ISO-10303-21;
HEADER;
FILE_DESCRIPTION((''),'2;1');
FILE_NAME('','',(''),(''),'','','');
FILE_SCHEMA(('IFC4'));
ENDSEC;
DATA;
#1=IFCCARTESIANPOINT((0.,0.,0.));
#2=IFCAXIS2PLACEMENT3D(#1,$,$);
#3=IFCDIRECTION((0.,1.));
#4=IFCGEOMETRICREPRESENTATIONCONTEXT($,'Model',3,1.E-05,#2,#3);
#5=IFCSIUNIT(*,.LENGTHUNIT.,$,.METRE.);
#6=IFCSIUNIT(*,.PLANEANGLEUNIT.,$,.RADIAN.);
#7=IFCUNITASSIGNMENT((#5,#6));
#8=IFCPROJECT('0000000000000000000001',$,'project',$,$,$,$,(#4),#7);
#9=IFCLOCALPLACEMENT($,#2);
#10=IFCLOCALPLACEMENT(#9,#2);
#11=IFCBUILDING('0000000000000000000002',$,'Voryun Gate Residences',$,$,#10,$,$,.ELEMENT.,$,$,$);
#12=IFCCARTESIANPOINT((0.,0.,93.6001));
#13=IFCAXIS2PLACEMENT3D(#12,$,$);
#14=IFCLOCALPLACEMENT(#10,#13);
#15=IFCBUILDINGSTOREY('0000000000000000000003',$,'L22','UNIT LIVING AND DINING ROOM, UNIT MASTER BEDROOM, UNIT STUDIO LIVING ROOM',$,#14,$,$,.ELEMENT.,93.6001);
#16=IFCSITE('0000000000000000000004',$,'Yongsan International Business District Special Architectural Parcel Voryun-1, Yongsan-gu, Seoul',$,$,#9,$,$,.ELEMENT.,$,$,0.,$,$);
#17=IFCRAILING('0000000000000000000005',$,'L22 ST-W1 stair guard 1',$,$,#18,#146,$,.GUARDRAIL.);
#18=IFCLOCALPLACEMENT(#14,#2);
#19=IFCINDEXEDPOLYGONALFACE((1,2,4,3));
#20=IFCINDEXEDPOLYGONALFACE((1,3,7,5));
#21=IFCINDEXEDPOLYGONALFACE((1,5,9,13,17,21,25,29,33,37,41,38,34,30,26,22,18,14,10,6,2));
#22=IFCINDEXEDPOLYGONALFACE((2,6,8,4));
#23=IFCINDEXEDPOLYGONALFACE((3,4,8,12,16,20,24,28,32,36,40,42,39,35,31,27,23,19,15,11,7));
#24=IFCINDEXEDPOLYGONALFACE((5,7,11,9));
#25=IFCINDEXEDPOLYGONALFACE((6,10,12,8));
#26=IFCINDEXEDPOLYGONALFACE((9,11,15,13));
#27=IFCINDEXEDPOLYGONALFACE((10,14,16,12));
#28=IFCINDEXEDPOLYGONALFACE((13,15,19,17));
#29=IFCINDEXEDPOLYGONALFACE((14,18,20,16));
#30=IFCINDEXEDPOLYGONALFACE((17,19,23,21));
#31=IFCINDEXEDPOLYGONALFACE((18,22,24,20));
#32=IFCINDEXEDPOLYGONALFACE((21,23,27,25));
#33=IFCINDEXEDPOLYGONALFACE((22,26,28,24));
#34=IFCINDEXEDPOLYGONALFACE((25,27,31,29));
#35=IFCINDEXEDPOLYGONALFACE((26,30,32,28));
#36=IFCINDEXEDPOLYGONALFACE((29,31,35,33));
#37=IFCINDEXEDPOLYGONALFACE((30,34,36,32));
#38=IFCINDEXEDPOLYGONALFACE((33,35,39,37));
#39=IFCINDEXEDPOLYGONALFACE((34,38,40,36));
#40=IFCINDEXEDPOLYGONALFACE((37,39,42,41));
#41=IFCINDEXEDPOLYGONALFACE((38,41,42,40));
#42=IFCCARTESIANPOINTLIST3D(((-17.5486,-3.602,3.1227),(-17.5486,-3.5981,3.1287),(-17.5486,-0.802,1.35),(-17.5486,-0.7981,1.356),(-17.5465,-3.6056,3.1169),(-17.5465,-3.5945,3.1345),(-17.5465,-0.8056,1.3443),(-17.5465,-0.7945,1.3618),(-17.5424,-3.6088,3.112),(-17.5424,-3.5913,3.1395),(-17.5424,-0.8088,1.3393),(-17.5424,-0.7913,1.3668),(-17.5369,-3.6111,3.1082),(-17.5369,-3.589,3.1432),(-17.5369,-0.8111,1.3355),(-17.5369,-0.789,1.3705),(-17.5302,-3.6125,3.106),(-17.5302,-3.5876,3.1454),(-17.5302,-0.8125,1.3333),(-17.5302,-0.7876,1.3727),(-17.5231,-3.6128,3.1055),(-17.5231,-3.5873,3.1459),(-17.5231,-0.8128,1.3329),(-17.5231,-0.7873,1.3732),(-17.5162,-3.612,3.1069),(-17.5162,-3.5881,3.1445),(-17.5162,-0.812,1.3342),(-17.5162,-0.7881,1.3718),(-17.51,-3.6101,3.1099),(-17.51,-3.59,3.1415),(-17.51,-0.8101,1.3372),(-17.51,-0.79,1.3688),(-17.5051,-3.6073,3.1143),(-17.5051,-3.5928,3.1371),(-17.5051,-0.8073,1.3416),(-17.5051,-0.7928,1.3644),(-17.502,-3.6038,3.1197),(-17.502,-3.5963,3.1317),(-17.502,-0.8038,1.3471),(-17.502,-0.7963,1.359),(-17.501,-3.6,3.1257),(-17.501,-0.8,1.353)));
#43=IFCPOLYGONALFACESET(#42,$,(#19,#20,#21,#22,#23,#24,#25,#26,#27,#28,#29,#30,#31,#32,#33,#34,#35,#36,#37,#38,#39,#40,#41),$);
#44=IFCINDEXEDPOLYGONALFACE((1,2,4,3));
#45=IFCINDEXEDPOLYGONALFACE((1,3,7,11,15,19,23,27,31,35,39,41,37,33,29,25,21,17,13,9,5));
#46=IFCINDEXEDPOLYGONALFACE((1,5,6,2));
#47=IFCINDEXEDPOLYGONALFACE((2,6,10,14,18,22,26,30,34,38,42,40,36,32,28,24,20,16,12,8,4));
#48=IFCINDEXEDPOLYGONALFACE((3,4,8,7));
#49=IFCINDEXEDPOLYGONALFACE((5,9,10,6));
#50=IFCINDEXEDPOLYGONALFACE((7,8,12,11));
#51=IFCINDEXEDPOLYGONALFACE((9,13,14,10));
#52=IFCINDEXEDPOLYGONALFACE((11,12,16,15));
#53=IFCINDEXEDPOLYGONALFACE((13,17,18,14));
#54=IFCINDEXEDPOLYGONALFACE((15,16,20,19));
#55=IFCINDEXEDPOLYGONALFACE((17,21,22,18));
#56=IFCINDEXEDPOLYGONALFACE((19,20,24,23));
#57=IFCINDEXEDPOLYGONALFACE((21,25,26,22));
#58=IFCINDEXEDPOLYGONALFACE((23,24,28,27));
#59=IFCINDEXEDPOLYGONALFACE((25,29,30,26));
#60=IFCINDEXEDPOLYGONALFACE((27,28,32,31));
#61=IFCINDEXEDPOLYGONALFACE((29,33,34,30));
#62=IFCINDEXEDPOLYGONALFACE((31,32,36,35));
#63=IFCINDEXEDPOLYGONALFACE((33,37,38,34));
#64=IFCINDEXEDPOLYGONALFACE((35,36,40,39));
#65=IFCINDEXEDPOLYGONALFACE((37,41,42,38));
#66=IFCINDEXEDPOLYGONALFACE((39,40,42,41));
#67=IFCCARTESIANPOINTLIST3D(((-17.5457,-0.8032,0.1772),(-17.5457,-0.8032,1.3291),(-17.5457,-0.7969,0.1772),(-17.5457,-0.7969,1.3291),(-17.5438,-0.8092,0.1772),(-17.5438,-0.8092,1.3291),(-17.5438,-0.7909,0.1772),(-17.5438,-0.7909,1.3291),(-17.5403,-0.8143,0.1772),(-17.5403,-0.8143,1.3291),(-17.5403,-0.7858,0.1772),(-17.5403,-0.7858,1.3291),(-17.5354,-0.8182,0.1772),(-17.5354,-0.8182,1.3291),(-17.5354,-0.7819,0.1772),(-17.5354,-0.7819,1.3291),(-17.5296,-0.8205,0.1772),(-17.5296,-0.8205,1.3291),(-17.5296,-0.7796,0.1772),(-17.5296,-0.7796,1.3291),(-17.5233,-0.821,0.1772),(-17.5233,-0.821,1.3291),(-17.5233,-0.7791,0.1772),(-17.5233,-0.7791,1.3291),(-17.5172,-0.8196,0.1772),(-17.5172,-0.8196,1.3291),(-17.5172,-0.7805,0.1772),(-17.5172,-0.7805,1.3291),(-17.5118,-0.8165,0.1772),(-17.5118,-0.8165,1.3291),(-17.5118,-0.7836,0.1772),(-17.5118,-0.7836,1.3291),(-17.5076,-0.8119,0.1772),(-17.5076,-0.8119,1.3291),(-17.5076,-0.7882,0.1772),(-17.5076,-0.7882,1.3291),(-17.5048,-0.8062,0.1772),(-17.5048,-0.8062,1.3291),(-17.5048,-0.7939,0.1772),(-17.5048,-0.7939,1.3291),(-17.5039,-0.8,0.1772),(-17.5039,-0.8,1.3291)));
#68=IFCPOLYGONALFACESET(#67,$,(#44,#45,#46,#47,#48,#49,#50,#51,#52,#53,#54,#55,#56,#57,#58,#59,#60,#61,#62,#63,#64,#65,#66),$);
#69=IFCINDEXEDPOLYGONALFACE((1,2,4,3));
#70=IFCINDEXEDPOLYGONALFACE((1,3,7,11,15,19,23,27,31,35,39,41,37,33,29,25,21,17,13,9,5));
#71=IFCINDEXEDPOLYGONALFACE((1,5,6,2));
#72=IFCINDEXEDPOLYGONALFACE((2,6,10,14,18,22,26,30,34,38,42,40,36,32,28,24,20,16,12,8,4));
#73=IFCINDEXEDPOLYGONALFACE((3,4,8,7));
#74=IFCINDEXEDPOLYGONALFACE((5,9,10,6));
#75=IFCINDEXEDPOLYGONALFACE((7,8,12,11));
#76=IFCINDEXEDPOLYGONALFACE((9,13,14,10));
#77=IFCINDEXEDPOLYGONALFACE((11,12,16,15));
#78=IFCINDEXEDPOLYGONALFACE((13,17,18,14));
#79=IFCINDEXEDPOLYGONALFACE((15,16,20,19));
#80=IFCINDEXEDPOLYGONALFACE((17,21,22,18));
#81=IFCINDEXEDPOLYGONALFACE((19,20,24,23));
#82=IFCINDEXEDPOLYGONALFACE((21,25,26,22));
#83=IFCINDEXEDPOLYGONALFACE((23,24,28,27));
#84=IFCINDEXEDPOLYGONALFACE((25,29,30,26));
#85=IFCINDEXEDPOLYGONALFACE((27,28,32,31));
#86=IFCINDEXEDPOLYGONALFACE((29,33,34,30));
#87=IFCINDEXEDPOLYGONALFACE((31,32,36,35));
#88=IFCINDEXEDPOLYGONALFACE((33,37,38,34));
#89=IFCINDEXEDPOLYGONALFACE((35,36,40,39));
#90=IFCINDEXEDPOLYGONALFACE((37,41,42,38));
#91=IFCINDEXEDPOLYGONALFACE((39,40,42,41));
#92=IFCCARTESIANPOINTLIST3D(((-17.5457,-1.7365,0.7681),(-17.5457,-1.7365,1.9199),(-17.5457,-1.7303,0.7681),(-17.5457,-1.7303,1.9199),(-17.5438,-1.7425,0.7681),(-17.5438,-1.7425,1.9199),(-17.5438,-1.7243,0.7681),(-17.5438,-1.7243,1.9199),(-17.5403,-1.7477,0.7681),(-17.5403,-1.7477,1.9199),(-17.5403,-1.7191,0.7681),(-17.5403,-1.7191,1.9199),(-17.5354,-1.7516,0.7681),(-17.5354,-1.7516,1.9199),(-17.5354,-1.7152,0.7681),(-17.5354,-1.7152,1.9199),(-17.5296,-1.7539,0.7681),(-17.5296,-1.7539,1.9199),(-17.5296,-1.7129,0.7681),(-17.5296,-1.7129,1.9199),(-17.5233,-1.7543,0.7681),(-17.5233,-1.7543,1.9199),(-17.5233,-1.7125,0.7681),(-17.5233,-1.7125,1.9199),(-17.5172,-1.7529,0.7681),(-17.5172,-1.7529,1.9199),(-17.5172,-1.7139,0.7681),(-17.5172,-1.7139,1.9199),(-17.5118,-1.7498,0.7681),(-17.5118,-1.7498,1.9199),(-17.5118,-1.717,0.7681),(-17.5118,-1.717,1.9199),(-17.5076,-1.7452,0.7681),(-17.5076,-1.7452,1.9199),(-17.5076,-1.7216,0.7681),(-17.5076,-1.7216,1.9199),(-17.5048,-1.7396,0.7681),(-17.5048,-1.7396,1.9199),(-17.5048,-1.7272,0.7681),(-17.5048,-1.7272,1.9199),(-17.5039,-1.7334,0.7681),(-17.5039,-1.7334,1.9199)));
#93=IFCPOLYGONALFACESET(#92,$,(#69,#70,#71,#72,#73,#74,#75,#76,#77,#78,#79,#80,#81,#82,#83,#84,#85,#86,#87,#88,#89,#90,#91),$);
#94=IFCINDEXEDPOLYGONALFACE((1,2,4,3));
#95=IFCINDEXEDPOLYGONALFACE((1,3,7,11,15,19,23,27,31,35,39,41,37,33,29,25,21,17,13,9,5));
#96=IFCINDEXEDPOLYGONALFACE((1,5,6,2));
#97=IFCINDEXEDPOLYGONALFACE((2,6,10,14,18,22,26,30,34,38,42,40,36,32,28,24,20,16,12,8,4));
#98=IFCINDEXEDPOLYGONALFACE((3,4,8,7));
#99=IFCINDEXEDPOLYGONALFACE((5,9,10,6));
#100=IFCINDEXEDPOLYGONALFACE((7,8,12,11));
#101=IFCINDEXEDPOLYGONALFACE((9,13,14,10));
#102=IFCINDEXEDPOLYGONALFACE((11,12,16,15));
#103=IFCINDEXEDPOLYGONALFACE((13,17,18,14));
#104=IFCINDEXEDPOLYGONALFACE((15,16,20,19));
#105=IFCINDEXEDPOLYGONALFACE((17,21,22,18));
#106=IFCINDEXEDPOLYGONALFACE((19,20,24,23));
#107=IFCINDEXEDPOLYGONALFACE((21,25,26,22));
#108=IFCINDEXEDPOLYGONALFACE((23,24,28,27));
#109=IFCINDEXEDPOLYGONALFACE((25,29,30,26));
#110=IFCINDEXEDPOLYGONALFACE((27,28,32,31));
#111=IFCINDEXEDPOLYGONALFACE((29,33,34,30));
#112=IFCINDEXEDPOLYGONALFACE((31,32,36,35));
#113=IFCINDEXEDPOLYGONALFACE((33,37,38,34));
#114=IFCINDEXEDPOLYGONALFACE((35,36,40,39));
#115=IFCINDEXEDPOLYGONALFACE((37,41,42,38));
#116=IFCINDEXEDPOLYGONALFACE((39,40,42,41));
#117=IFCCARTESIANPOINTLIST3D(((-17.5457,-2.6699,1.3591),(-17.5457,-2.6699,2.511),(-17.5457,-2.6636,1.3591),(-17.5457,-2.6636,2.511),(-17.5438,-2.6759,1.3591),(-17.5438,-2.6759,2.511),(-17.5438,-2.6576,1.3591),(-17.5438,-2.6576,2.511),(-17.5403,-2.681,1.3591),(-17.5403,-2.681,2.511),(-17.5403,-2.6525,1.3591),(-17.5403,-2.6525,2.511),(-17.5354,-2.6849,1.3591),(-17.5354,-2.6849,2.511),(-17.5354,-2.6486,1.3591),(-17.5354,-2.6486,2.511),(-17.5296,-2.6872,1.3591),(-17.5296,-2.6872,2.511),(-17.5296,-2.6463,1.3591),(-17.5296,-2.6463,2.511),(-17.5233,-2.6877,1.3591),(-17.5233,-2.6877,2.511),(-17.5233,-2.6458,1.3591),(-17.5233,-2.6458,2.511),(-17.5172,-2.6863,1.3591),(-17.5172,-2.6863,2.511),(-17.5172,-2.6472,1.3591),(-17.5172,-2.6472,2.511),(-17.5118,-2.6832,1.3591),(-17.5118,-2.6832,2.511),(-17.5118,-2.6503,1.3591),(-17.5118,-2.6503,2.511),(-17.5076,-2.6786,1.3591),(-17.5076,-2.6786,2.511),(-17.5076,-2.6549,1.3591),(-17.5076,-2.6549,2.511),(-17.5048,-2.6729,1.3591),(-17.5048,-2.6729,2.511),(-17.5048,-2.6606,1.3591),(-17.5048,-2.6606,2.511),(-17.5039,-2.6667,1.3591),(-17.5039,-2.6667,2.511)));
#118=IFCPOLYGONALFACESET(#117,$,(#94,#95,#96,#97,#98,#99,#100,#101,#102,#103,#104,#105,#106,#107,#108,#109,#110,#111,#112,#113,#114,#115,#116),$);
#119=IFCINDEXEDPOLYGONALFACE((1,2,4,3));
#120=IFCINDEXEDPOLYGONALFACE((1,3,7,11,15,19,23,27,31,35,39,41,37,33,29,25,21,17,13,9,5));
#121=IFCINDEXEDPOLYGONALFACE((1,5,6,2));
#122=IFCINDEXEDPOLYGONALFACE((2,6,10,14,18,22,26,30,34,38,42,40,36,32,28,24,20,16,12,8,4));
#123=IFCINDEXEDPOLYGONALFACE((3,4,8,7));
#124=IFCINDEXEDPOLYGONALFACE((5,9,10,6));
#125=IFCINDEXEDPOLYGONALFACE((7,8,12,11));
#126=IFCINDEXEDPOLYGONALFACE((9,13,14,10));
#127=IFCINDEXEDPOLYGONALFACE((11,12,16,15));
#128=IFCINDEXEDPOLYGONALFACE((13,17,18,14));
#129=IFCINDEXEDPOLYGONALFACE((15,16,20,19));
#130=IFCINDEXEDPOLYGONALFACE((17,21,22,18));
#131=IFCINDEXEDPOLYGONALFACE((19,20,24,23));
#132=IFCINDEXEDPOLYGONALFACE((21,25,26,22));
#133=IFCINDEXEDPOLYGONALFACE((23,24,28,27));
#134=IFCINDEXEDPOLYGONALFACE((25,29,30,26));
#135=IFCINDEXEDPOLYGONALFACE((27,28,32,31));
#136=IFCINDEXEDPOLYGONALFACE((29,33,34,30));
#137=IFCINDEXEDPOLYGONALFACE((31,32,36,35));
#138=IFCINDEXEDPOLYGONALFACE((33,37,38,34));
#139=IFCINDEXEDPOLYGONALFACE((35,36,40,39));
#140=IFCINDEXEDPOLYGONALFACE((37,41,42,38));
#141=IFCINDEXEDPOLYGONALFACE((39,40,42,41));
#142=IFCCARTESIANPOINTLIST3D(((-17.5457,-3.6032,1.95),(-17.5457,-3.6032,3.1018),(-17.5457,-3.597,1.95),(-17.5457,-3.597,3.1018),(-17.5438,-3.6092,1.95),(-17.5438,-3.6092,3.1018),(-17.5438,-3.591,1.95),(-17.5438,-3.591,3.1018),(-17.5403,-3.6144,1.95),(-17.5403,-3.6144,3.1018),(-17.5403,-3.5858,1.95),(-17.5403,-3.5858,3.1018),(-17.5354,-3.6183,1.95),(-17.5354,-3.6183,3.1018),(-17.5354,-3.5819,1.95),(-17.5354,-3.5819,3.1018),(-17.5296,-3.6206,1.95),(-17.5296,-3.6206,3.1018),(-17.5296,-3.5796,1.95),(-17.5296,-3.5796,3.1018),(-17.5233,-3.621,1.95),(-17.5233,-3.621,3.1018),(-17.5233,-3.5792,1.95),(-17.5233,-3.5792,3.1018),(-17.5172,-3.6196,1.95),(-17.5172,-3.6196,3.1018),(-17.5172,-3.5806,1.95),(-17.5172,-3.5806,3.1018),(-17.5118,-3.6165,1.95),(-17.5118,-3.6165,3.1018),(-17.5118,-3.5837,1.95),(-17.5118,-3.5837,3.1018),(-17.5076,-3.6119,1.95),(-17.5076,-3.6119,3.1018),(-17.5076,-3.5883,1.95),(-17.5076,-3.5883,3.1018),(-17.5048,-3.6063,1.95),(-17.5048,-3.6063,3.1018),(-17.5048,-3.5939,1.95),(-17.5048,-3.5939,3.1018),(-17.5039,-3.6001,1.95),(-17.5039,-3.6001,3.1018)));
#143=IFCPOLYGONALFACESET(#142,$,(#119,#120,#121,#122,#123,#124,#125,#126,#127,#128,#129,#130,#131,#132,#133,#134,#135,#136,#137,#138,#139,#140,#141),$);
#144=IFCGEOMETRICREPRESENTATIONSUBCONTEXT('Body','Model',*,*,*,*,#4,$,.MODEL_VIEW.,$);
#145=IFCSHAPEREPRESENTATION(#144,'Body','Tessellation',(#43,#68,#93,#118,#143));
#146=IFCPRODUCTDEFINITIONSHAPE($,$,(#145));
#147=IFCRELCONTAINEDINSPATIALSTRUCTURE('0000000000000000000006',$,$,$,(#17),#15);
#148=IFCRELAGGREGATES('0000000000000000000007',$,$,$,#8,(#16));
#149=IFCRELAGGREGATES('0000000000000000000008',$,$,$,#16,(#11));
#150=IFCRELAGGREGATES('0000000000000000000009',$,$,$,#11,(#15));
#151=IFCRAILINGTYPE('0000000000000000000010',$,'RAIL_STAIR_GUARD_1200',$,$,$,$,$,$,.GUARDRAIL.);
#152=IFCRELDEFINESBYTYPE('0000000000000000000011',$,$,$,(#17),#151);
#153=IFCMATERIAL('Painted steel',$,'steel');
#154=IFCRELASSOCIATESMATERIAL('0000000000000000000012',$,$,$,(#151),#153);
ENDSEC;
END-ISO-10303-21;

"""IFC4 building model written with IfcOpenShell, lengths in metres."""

from ifc_helpers import new_model, si_unit, direction, frame, origin, origin_2d, place, context, subcontext, project, spatial, circle, extrude, material, type_object, element, save


model = new_model("IFC4")

# Units and contexts
model_context = context("Model", 3, precision=1e-05, world=origin(), true_north=direction((0.0, 1.0)))
body_context = subcontext(model_context, "Body", "Model", "MODEL_VIEW")
ifc_project = project(units=[si_unit("LENGTHUNIT", "METRE"), si_unit("PLANEANGLEUNIT", "RADIAN")], contexts=[model_context])

# Site, building, storey
site_placement = place(None, origin())
site = spatial("IfcSite", under=ifc_project, at=site_placement, Name="Yongsan International Business District Special Architectural Parcel Voryun-1, Yongsan-gu, Seoul", CompositionType="ELEMENT", RefElevation=0.0)
building_placement = place(site_placement, origin())
building = spatial("IfcBuilding", under=site, at=building_placement, Name="Voryun Gate Residences", CompositionType="ELEMENT")
storey_placement = place(building_placement, frame((0.0, 0.0, 93.6001)))
storey = spatial("IfcBuildingStorey", under=building, at=storey_placement, Name="L22", Description="UNIT LIVING AND DINING ROOM, UNIT MASTER BEDROOM, UNIT STUDIO LIVING ROOM", CompositionType="ELEMENT", Elevation=93.6001)

# Railing
ifc_material_1 = material(Name="Painted steel", Category="steel")
railing_type_1 = type_object("IfcRailingType", Name="RAIL_STAIR_GUARD_1200", PredefinedType="GUARDRAIL", material=ifc_material_1)
railing_1_placement = place(storey_placement, frame((-17.5249, -0.8, 0.1772)))
element("IfcRailing", 1, at=railing_1_placement, inside=storey, type_object=railing_type_1, Name="L22 ST-W1 stair guard 1", PredefinedType="GUARDRAIL", context=body_context, shape_type="SweptSolid", body=[
    extrude(circle(Radius=0.0239, at=origin_2d()), frame((0.0, 0.0, 1.1758), z_axis=(0.0, -0.844909, 0.53491), x_axis=(1.0, 0.0, 0.0)), (0.0, 0.0, 1.0), 3.314),
    extrude(circle(Radius=0.021, at=origin_2d()), origin(), (0.0, 0.0, 1.0), 1.1519),
    extrude(circle(Radius=0.021, at=origin_2d()), frame((0.0, -0.9333, 0.5908)), (0.0, 0.0, 1.0), 1.1519),
    extrude(circle(Radius=0.021, at=origin_2d()), frame((0.0, -1.8667, 1.1819)), (0.0, 0.0, 1.0), 1.1519),
    extrude(circle(Radius=0.021, at=origin_2d()), frame((0.0, -2.8, 1.7727)), (0.0, 0.0, 1.0), 1.1519),
])

save(model, "model.ifc")
